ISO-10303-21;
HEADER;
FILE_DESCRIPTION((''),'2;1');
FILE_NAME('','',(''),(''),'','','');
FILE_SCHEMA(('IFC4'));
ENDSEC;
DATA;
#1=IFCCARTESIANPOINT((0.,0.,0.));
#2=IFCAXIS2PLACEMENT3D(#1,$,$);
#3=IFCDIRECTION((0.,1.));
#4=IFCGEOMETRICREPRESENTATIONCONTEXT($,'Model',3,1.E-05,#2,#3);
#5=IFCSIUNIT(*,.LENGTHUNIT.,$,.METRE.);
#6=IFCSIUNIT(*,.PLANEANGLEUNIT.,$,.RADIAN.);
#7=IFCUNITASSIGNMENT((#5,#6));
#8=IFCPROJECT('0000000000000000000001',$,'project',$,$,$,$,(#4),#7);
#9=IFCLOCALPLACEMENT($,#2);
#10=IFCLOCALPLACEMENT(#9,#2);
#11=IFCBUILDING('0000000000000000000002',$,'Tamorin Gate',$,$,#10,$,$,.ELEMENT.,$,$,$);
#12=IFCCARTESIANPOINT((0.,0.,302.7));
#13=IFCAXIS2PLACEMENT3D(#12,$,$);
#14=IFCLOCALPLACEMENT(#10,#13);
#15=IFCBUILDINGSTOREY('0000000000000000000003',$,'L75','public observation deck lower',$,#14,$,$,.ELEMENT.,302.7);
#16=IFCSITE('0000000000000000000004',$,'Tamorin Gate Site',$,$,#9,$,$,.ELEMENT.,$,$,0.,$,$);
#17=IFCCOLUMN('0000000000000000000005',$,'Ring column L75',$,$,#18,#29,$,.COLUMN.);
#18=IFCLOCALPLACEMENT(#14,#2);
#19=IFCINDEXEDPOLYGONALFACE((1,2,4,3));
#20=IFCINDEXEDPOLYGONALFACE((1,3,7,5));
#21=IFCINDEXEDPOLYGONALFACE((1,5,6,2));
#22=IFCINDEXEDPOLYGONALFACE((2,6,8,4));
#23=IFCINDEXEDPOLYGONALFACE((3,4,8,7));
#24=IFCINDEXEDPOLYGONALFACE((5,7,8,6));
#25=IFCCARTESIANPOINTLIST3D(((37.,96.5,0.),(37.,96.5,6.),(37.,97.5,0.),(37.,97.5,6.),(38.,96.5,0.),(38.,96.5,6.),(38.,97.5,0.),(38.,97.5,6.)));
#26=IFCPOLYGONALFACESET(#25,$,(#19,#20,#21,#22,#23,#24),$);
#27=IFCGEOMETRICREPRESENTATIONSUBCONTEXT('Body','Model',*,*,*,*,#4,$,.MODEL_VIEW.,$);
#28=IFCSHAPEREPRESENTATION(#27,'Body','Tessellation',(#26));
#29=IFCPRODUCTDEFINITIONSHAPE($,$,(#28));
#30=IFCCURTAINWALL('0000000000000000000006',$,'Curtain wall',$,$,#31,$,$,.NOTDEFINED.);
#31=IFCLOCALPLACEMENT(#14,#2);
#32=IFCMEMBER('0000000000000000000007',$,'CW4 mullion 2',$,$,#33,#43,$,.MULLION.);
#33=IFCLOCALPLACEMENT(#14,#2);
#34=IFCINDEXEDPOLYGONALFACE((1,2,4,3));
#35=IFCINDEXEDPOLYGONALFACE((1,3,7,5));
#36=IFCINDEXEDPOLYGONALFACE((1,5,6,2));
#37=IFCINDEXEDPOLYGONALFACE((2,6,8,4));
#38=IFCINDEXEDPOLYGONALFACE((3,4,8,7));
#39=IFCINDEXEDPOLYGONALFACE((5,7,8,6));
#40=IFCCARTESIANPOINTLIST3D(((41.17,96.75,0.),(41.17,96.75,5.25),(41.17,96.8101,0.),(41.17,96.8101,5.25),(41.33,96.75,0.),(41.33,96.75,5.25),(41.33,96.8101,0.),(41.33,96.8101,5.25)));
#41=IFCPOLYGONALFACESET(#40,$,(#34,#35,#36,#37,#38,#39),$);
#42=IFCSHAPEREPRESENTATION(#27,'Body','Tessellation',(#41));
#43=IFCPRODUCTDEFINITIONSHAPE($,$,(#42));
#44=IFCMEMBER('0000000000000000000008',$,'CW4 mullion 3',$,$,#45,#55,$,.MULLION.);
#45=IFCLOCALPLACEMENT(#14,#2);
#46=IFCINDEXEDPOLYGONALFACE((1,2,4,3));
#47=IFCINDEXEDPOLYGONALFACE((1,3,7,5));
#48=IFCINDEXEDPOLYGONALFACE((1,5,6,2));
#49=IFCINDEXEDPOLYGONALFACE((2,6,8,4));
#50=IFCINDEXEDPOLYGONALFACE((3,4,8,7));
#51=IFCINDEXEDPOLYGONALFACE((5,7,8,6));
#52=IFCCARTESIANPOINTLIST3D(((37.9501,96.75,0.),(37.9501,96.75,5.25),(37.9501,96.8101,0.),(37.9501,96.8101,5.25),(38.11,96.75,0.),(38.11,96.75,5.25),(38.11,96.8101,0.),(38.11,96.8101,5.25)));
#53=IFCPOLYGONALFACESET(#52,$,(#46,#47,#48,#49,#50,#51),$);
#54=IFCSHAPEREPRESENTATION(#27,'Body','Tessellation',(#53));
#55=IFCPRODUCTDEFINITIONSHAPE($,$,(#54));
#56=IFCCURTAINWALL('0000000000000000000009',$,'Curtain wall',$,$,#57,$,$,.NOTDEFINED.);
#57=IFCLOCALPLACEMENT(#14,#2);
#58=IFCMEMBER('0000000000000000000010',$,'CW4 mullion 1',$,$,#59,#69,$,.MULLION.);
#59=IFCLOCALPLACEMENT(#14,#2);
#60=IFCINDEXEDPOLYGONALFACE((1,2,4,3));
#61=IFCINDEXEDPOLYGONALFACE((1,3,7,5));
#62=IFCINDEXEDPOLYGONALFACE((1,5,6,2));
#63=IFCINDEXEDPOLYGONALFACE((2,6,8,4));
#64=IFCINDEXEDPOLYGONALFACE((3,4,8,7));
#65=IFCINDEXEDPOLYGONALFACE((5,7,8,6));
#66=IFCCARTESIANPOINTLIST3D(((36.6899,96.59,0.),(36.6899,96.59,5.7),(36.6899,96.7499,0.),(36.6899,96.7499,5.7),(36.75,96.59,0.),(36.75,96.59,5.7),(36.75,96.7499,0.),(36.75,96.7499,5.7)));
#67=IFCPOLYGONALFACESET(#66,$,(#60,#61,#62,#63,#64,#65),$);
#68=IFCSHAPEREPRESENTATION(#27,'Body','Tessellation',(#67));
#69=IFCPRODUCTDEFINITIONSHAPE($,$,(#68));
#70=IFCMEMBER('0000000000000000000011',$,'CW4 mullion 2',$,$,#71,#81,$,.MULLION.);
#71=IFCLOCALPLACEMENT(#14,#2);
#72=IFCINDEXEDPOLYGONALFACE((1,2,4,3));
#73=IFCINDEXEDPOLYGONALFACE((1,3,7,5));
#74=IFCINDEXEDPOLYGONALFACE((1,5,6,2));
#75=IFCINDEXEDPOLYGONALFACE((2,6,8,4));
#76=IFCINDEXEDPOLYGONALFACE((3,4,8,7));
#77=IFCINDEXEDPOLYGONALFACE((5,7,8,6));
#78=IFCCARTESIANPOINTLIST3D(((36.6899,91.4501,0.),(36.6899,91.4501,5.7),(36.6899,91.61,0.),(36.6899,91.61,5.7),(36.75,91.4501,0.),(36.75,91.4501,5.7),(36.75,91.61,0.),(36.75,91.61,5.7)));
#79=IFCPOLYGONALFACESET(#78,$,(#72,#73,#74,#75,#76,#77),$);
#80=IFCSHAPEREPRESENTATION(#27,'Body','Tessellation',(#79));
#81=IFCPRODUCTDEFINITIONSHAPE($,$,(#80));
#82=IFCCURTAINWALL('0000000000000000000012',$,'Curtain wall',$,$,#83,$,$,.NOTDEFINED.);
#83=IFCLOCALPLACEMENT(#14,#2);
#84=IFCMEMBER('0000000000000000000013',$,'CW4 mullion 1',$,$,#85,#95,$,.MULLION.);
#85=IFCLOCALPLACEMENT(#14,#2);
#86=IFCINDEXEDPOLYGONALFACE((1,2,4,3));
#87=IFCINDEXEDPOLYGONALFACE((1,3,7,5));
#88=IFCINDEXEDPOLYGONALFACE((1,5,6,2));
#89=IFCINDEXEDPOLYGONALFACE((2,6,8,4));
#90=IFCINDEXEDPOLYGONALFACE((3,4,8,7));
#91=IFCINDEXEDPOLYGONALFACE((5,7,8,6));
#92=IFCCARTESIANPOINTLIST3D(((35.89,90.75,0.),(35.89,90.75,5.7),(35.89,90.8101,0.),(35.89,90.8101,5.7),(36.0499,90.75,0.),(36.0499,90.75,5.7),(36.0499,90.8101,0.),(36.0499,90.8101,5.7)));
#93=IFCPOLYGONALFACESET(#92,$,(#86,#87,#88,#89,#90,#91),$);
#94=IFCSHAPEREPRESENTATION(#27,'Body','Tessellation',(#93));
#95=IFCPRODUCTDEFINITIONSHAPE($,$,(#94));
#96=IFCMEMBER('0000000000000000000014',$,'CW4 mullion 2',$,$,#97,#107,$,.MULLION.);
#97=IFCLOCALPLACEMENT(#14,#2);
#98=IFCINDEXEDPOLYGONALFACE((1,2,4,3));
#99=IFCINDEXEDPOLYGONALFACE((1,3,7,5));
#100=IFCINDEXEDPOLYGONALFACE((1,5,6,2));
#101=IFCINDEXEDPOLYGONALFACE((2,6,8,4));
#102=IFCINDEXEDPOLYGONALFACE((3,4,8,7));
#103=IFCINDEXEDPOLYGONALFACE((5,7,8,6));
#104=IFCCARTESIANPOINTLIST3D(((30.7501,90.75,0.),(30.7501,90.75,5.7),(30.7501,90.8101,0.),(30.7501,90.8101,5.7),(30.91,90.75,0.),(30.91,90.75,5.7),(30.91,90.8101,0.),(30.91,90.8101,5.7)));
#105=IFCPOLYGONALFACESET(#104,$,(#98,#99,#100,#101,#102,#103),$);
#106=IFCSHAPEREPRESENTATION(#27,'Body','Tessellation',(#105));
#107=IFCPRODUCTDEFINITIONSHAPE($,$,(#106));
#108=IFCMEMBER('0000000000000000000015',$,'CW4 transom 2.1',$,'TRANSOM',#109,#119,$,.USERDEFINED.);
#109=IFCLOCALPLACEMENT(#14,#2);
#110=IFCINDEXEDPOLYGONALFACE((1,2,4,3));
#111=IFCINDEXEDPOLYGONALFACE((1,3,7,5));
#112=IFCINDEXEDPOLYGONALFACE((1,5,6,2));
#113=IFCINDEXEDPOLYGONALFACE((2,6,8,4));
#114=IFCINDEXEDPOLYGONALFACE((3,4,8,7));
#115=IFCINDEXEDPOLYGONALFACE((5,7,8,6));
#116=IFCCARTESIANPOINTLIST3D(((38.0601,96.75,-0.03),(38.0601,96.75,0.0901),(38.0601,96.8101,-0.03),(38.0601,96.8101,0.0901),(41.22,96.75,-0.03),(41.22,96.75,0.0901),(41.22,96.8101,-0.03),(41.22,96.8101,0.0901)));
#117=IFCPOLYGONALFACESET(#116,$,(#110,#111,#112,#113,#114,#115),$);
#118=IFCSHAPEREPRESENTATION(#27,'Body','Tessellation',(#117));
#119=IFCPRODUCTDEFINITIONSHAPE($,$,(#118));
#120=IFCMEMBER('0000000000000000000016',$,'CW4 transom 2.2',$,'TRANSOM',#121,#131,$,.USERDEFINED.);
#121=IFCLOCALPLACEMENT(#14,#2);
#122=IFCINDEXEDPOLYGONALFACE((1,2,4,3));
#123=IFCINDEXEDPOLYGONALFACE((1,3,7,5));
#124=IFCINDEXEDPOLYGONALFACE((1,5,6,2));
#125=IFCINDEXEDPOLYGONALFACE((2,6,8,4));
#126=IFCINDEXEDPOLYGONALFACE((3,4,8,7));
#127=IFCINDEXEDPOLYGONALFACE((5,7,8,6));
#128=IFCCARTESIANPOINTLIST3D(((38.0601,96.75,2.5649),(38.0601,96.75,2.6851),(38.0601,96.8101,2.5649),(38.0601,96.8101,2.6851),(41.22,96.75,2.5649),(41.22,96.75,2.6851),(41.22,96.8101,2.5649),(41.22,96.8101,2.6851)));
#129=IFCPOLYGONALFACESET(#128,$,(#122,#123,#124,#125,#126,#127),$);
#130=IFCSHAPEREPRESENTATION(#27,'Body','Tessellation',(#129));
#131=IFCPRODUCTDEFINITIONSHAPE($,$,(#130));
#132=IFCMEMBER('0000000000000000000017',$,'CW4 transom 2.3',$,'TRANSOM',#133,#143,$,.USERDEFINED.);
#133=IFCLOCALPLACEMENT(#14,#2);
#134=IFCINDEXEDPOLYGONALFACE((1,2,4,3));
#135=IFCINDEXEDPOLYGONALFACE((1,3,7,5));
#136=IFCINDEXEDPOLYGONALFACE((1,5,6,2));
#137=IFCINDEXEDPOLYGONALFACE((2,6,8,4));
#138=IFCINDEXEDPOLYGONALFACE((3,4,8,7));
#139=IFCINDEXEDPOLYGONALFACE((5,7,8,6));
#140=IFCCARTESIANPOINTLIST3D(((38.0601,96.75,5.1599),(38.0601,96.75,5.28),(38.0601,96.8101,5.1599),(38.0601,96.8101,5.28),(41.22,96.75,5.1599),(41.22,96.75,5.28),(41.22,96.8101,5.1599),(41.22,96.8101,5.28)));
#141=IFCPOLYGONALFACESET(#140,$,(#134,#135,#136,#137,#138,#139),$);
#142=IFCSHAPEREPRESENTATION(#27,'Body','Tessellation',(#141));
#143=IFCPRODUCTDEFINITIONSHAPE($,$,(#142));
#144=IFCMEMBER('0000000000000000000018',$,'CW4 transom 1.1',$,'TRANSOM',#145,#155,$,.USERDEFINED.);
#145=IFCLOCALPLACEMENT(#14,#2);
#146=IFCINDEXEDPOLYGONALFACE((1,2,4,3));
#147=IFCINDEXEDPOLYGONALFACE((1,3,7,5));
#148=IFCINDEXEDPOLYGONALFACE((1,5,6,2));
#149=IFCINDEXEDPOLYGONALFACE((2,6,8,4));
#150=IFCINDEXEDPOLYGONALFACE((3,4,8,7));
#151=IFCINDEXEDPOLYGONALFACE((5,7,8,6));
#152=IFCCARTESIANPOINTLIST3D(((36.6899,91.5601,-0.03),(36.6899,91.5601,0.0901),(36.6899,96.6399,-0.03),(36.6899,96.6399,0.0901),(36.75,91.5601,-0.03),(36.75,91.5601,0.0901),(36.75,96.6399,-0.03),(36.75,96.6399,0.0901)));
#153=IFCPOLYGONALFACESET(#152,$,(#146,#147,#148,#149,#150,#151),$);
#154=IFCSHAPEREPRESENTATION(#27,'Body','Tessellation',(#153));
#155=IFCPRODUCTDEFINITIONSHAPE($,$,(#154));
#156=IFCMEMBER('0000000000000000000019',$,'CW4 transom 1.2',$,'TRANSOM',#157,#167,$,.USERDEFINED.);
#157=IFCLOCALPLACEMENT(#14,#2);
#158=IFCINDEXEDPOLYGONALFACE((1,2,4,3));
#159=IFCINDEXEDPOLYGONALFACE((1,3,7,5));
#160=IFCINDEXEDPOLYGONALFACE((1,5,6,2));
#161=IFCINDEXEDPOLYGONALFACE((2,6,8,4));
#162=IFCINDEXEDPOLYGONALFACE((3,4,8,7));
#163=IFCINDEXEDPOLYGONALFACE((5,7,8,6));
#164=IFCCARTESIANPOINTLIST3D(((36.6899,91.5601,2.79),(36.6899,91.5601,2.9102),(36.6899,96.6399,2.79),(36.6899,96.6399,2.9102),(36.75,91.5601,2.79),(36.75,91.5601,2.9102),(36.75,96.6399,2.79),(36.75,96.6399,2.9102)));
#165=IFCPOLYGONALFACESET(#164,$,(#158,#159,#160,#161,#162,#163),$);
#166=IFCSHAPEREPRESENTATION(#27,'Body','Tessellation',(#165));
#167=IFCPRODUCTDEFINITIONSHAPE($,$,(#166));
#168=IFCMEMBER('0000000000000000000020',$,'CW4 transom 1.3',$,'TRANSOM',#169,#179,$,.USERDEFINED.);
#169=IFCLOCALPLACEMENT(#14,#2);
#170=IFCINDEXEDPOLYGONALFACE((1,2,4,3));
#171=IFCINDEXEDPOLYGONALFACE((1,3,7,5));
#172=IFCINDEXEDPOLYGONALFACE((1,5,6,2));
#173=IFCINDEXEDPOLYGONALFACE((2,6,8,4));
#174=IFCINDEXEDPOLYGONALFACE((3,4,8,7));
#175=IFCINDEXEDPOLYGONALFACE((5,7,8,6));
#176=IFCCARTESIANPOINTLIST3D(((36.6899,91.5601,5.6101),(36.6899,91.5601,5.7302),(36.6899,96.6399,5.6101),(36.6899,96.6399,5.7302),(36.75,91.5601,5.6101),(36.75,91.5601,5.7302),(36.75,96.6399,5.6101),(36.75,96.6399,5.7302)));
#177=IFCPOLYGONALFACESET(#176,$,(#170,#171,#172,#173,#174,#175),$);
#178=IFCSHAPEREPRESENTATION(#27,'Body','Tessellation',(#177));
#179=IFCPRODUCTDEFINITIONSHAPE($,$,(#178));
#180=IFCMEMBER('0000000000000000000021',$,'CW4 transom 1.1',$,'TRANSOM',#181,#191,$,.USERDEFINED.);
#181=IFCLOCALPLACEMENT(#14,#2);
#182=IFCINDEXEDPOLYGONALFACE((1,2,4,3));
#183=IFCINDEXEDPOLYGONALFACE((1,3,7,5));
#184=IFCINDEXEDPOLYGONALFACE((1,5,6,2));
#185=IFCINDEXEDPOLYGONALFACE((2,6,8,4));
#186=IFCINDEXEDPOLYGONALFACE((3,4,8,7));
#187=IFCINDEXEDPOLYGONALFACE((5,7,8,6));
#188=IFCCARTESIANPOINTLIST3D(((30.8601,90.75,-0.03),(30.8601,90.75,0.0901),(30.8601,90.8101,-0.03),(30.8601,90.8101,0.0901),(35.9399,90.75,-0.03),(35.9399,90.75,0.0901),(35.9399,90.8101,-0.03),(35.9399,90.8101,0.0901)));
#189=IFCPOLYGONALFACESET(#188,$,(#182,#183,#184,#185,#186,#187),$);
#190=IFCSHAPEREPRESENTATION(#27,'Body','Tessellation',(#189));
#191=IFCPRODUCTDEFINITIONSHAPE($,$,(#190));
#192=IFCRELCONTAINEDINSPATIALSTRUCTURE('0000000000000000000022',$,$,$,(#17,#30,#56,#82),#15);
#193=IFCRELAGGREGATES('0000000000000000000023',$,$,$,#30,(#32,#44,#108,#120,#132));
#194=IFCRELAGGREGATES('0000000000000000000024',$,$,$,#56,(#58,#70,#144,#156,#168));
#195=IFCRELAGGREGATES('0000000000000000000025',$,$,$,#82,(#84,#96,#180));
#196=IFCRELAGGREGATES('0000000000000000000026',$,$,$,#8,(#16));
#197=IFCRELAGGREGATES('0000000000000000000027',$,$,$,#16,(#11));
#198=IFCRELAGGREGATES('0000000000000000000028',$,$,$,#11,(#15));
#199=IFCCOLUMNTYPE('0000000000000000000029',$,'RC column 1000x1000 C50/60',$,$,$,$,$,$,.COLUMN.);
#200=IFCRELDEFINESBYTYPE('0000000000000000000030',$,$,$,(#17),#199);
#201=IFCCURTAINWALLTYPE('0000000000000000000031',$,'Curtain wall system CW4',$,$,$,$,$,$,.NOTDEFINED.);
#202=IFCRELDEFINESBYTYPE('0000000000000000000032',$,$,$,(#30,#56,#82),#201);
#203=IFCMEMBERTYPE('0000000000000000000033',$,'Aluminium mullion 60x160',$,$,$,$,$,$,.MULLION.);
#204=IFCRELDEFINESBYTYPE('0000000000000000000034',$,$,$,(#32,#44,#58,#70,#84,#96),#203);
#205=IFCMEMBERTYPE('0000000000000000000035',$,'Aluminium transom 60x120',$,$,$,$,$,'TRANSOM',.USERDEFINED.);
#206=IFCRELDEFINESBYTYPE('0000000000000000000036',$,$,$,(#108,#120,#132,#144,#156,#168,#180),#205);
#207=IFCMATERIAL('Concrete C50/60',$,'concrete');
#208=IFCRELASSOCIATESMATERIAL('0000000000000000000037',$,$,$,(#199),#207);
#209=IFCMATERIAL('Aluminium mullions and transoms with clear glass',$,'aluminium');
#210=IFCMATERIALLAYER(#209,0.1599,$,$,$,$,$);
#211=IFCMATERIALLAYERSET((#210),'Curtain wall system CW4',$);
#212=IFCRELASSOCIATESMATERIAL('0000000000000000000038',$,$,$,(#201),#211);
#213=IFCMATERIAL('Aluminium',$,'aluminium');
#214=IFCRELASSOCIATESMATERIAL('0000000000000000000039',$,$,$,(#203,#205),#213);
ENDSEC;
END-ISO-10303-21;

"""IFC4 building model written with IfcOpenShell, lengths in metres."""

from ifc_helpers import new_model, si_unit, direction, frame, origin, origin_2d, place, context, subcontext, project, spatial, rectangle, extrude, material, layer, layer_set, material_profile, profile_set, type_object, element, aggregate, save


model = new_model("IFC4")

# Units and contexts
model_context = context("Model", 3, precision=1e-05, world=origin(), true_north=direction((0.0, 1.0)))
body_context = subcontext(model_context, "Body", "Model", "MODEL_VIEW")
ifc_project = project(units=[si_unit("LENGTHUNIT", "METRE"), si_unit("PLANEANGLEUNIT", "RADIAN")], contexts=[model_context])

# Site, building, storey
site_placement = place(None, origin())
site = spatial("IfcSite", under=ifc_project, at=site_placement, Name="Tamorin Gate Site", CompositionType="ELEMENT", RefElevation=0.0)
building_placement = place(site_placement, origin())
building = spatial("IfcBuilding", under=site, at=building_placement, Name="Tamorin Gate", CompositionType="ELEMENT")
storey_placement = place(building_placement, frame((0.0, 0.0, 302.7)))
storey = spatial("IfcBuildingStorey", under=building, at=storey_placement, Name="L75", Description="public observation deck lower", CompositionType="ELEMENT", Elevation=302.7)

# Column
ifc_material_1 = material(Name="Concrete C50/60", Category="concrete")
ifc_material_profile_1 = material_profile(ifc_material_1, rectangle(XDim=1.0, YDim=1.0, at=origin_2d()), Name="RC 1000x1000")
ifc_profile_set_1 = profile_set([ifc_material_profile_1], Name="Concrete C50/60")
column_type = type_object("IfcColumnType", Name="RC column 1000x1000 C50/60", PredefinedType="COLUMN", material=ifc_profile_set_1)
column_placement = place(storey_placement, frame((37.5, 97.0, 0.0), z_axis=(0.0, 0.0, 1.0), x_axis=(1.0, 0.0, 0.0)))
element("IfcColumn", 1, at=column_placement, inside=storey, type_object=column_type, Name="Ring column L75", PredefinedType="COLUMN", context=body_context, shape_type="SweptSolid", body=[
    extrude(rectangle(XDim=1.0, YDim=1.0, at=origin_2d()), origin(), (0.0, 0.0, 1.0), 6.0),
])

# Curtain walls, members
ifc_material_2 = material(Name="Aluminium mullions and transoms with clear glass", Category="aluminium")
ifc_layer_1 = layer(ifc_material_2, 0.1599)
ifc_layer_set_1 = layer_set([ifc_layer_1], Name="Curtain wall system CW4")
curtain_wall_type = type_object("IfcCurtainWallType", Name="Curtain wall system CW4", PredefinedType="NOTDEFINED", material=ifc_layer_set_1)
curtain_wall_1_placement = place(storey_placement, origin())
curtain_wall_1 = element("IfcCurtainWall", 2, at=curtain_wall_1_placement, inside=storey, type_object=curtain_wall_type, Name="Curtain wall", PredefinedType="NOTDEFINED")
ifc_material_3 = material(Name="Aluminium", Category="aluminium")
ifc_material_profile_2 = material_profile(ifc_material_3, rectangle(XDim=0.0601, YDim=0.1599, at=origin_2d()), Name="RECT 60x160")
ifc_profile_set_2 = profile_set([ifc_material_profile_2], Name="Aluminium")
member_type_1 = type_object("IfcMemberType", Name="Aluminium mullion 60x160", PredefinedType="MULLION", material=ifc_profile_set_2)
member_1_placement = place(storey_placement, frame((41.25, 96.78, 0.0), z_axis=(0.0, 0.0, 1.0), x_axis=(0.0, -1.0, 0.0)))
member_1 = element("IfcMember", 3, at=member_1_placement, type_object=member_type_1, Name="CW4 mullion 2", PredefinedType="MULLION", context=body_context, shape_type="SweptSolid", body=[
    extrude(rectangle(XDim=0.0601, YDim=0.1599, at=origin_2d()), origin(), (0.0, 0.0, 1.0), 5.25),
])
member_2_placement = place(storey_placement, frame((38.03, 96.78, 0.0), z_axis=(0.0, 0.0, 1.0), x_axis=(0.0, -1.0, 0.0)))
member_2 = element("IfcMember", 4, at=member_2_placement, type_object=member_type_1, Name="CW4 mullion 3", PredefinedType="MULLION", context=body_context, shape_type="SweptSolid", body=[
    extrude(rectangle(XDim=0.0601, YDim=0.1599, at=origin_2d()), origin(), (0.0, 0.0, 1.0), 5.25),
])
curtain_wall_2_placement = place(storey_placement, origin())
curtain_wall_2 = element("IfcCurtainWall", 5, at=curtain_wall_2_placement, inside=storey, type_object=curtain_wall_type, Name="Curtain wall", PredefinedType="NOTDEFINED")
member_3_placement = place(storey_placement, frame((36.72, 96.6699, 0.0), z_axis=(0.0, 0.0, 1.0), x_axis=(1.0, 0.0, 0.0)))
member_3 = element("IfcMember", 6, at=member_3_placement, type_object=member_type_1, Name="CW4 mullion 1", PredefinedType="MULLION", context=body_context, shape_type="SweptSolid", body=[
    extrude(rectangle(XDim=0.0601, YDim=0.1599, at=origin_2d()), origin(), (0.0, 0.0, 1.0), 5.7),
])
member_4_placement = place(storey_placement, frame((36.72, 91.53, 0.0), z_axis=(0.0, 0.0, 1.0), x_axis=(1.0, 0.0, 0.0)))
member_4 = element("IfcMember", 7, at=member_4_placement, type_object=member_type_1, Name="CW4 mullion 2", PredefinedType="MULLION", context=body_context, shape_type="SweptSolid", body=[
    extrude(rectangle(XDim=0.0601, YDim=0.1599, at=origin_2d()), origin(), (0.0, 0.0, 1.0), 5.7),
])
curtain_wall_3_placement = place(storey_placement, origin())
curtain_wall_3 = element("IfcCurtainWall", 8, at=curtain_wall_3_placement, inside=storey, type_object=curtain_wall_type, Name="Curtain wall", PredefinedType="NOTDEFINED")
member_5_placement = place(storey_placement, frame((35.97, 90.78, 0.0), z_axis=(0.0, 0.0, 1.0), x_axis=(0.0, -1.0, 0.0)))
member_5 = element("IfcMember", 9, at=member_5_placement, type_object=member_type_1, Name="CW4 mullion 1", PredefinedType="MULLION", context=body_context, shape_type="SweptSolid", body=[
    extrude(rectangle(XDim=0.0601, YDim=0.1599, at=origin_2d()), origin(), (0.0, 0.0, 1.0), 5.7),
])
member_6_placement = place(storey_placement, frame((30.8301, 90.78, 0.0), z_axis=(0.0, 0.0, 1.0), x_axis=(0.0, -1.0, 0.0)))
member_6 = element("IfcMember", 10, at=member_6_placement, type_object=member_type_1, Name="CW4 mullion 2", PredefinedType="MULLION", context=body_context, shape_type="SweptSolid", body=[
    extrude(rectangle(XDim=0.0601, YDim=0.1599, at=origin_2d()), origin(), (0.0, 0.0, 1.0), 5.7),
])

# Members
ifc_material_profile_3 = material_profile(ifc_material_3, rectangle(XDim=0.0601, YDim=0.1201, at=origin_2d()), Name="RECT 60x120")
ifc_profile_set_3 = profile_set([ifc_material_profile_3], Name="Aluminium")
member_type_2 = type_object("IfcMemberType", Name="Aluminium transom 60x120", ElementType="TRANSOM", PredefinedType="USERDEFINED", material=ifc_profile_set_3)
member_7_placement = place(storey_placement, frame((41.22, 96.78, 0.03), z_axis=(-1.0, 0.0, 0.0), x_axis=(0.0, -1.0, 0.0)))
member_7 = element("IfcMember", 11, at=member_7_placement, type_object=member_type_2, Name="CW4 transom 2.1", ObjectType="TRANSOM", PredefinedType="USERDEFINED", context=body_context, shape_type="SweptSolid", body=[
    extrude(rectangle(XDim=0.0601, YDim=0.1201, at=origin_2d()), origin(), (0.0, 0.0, 1.0), 3.1599),
])
member_8_placement = place(storey_placement, frame((41.22, 96.78, 2.625), z_axis=(-1.0, 0.0, 0.0), x_axis=(0.0, -1.0, 0.0)))
member_8 = element("IfcMember", 12, at=member_8_placement, type_object=member_type_2, Name="CW4 transom 2.2", ObjectType="TRANSOM", PredefinedType="USERDEFINED", context=body_context, shape_type="SweptSolid", body=[
    extrude(rectangle(XDim=0.0601, YDim=0.1201, at=origin_2d()), origin(), (0.0, 0.0, 1.0), 3.1599),
])
member_9_placement = place(storey_placement, frame((41.22, 96.78, 5.22), z_axis=(-1.0, 0.0, 0.0), x_axis=(0.0, -1.0, 0.0)))
member_9 = element("IfcMember", 13, at=member_9_placement, type_object=member_type_2, Name="CW4 transom 2.3", ObjectType="TRANSOM", PredefinedType="USERDEFINED", context=body_context, shape_type="SweptSolid", body=[
    extrude(rectangle(XDim=0.0601, YDim=0.1201, at=origin_2d()), origin(), (0.0, 0.0, 1.0), 3.1599),
])
member_10_placement = place(storey_placement, frame((36.72, 96.6399, 0.03), z_axis=(0.0, -1.0, 0.0), x_axis=(1.0, 0.0, 0.0)))
member_10 = element("IfcMember", 14, at=member_10_placement, type_object=member_type_2, Name="CW4 transom 1.1", ObjectType="TRANSOM", PredefinedType="USERDEFINED", context=body_context, shape_type="SweptSolid", body=[
    extrude(rectangle(XDim=0.0601, YDim=0.1201, at=origin_2d()), origin(), (0.0, 0.0, 1.0), 5.0798),
])
member_11_placement = place(storey_placement, frame((36.72, 96.6399, 2.8501), z_axis=(0.0, -1.0, 0.0), x_axis=(1.0, 0.0, 0.0)))
member_11 = element("IfcMember", 15, at=member_11_placement, type_object=member_type_2, Name="CW4 transom 1.2", ObjectType="TRANSOM", PredefinedType="USERDEFINED", context=body_context, shape_type="SweptSolid", body=[
    extrude(rectangle(XDim=0.0601, YDim=0.1201, at=origin_2d()), origin(), (0.0, 0.0, 1.0), 5.0798),
])
member_12_placement = place(storey_placement, frame((36.72, 96.6399, 5.6702), z_axis=(0.0, -1.0, 0.0), x_axis=(1.0, 0.0, 0.0)))
member_12 = element("IfcMember", 16, at=member_12_placement, type_object=member_type_2, Name="CW4 transom 1.3", ObjectType="TRANSOM", PredefinedType="USERDEFINED", context=body_context, shape_type="SweptSolid", body=[
    extrude(rectangle(XDim=0.0601, YDim=0.1201, at=origin_2d()), origin(), (0.0, 0.0, 1.0), 5.0798),
])
member_13_placement = place(storey_placement, frame((35.9399, 90.78, 0.03), z_axis=(-1.0, 0.0, 0.0), x_axis=(0.0, -1.0, 0.0)))
member_13 = element("IfcMember", 17, at=member_13_placement, type_object=member_type_2, Name="CW4 transom 1.1", ObjectType="TRANSOM", PredefinedType="USERDEFINED", context=body_context, shape_type="SweptSolid", body=[
    extrude(rectangle(XDim=0.0601, YDim=0.1201, at=origin_2d()), origin(), (0.0, 0.0, 1.0), 5.0798),
])

aggregate(curtain_wall_1, [member_1, member_2, member_7, member_8, member_9])
aggregate(curtain_wall_2, [member_3, member_4, member_10, member_11, member_12])
aggregate(curtain_wall_3, [member_5, member_6, member_13])

save(model, "model.ifc")
